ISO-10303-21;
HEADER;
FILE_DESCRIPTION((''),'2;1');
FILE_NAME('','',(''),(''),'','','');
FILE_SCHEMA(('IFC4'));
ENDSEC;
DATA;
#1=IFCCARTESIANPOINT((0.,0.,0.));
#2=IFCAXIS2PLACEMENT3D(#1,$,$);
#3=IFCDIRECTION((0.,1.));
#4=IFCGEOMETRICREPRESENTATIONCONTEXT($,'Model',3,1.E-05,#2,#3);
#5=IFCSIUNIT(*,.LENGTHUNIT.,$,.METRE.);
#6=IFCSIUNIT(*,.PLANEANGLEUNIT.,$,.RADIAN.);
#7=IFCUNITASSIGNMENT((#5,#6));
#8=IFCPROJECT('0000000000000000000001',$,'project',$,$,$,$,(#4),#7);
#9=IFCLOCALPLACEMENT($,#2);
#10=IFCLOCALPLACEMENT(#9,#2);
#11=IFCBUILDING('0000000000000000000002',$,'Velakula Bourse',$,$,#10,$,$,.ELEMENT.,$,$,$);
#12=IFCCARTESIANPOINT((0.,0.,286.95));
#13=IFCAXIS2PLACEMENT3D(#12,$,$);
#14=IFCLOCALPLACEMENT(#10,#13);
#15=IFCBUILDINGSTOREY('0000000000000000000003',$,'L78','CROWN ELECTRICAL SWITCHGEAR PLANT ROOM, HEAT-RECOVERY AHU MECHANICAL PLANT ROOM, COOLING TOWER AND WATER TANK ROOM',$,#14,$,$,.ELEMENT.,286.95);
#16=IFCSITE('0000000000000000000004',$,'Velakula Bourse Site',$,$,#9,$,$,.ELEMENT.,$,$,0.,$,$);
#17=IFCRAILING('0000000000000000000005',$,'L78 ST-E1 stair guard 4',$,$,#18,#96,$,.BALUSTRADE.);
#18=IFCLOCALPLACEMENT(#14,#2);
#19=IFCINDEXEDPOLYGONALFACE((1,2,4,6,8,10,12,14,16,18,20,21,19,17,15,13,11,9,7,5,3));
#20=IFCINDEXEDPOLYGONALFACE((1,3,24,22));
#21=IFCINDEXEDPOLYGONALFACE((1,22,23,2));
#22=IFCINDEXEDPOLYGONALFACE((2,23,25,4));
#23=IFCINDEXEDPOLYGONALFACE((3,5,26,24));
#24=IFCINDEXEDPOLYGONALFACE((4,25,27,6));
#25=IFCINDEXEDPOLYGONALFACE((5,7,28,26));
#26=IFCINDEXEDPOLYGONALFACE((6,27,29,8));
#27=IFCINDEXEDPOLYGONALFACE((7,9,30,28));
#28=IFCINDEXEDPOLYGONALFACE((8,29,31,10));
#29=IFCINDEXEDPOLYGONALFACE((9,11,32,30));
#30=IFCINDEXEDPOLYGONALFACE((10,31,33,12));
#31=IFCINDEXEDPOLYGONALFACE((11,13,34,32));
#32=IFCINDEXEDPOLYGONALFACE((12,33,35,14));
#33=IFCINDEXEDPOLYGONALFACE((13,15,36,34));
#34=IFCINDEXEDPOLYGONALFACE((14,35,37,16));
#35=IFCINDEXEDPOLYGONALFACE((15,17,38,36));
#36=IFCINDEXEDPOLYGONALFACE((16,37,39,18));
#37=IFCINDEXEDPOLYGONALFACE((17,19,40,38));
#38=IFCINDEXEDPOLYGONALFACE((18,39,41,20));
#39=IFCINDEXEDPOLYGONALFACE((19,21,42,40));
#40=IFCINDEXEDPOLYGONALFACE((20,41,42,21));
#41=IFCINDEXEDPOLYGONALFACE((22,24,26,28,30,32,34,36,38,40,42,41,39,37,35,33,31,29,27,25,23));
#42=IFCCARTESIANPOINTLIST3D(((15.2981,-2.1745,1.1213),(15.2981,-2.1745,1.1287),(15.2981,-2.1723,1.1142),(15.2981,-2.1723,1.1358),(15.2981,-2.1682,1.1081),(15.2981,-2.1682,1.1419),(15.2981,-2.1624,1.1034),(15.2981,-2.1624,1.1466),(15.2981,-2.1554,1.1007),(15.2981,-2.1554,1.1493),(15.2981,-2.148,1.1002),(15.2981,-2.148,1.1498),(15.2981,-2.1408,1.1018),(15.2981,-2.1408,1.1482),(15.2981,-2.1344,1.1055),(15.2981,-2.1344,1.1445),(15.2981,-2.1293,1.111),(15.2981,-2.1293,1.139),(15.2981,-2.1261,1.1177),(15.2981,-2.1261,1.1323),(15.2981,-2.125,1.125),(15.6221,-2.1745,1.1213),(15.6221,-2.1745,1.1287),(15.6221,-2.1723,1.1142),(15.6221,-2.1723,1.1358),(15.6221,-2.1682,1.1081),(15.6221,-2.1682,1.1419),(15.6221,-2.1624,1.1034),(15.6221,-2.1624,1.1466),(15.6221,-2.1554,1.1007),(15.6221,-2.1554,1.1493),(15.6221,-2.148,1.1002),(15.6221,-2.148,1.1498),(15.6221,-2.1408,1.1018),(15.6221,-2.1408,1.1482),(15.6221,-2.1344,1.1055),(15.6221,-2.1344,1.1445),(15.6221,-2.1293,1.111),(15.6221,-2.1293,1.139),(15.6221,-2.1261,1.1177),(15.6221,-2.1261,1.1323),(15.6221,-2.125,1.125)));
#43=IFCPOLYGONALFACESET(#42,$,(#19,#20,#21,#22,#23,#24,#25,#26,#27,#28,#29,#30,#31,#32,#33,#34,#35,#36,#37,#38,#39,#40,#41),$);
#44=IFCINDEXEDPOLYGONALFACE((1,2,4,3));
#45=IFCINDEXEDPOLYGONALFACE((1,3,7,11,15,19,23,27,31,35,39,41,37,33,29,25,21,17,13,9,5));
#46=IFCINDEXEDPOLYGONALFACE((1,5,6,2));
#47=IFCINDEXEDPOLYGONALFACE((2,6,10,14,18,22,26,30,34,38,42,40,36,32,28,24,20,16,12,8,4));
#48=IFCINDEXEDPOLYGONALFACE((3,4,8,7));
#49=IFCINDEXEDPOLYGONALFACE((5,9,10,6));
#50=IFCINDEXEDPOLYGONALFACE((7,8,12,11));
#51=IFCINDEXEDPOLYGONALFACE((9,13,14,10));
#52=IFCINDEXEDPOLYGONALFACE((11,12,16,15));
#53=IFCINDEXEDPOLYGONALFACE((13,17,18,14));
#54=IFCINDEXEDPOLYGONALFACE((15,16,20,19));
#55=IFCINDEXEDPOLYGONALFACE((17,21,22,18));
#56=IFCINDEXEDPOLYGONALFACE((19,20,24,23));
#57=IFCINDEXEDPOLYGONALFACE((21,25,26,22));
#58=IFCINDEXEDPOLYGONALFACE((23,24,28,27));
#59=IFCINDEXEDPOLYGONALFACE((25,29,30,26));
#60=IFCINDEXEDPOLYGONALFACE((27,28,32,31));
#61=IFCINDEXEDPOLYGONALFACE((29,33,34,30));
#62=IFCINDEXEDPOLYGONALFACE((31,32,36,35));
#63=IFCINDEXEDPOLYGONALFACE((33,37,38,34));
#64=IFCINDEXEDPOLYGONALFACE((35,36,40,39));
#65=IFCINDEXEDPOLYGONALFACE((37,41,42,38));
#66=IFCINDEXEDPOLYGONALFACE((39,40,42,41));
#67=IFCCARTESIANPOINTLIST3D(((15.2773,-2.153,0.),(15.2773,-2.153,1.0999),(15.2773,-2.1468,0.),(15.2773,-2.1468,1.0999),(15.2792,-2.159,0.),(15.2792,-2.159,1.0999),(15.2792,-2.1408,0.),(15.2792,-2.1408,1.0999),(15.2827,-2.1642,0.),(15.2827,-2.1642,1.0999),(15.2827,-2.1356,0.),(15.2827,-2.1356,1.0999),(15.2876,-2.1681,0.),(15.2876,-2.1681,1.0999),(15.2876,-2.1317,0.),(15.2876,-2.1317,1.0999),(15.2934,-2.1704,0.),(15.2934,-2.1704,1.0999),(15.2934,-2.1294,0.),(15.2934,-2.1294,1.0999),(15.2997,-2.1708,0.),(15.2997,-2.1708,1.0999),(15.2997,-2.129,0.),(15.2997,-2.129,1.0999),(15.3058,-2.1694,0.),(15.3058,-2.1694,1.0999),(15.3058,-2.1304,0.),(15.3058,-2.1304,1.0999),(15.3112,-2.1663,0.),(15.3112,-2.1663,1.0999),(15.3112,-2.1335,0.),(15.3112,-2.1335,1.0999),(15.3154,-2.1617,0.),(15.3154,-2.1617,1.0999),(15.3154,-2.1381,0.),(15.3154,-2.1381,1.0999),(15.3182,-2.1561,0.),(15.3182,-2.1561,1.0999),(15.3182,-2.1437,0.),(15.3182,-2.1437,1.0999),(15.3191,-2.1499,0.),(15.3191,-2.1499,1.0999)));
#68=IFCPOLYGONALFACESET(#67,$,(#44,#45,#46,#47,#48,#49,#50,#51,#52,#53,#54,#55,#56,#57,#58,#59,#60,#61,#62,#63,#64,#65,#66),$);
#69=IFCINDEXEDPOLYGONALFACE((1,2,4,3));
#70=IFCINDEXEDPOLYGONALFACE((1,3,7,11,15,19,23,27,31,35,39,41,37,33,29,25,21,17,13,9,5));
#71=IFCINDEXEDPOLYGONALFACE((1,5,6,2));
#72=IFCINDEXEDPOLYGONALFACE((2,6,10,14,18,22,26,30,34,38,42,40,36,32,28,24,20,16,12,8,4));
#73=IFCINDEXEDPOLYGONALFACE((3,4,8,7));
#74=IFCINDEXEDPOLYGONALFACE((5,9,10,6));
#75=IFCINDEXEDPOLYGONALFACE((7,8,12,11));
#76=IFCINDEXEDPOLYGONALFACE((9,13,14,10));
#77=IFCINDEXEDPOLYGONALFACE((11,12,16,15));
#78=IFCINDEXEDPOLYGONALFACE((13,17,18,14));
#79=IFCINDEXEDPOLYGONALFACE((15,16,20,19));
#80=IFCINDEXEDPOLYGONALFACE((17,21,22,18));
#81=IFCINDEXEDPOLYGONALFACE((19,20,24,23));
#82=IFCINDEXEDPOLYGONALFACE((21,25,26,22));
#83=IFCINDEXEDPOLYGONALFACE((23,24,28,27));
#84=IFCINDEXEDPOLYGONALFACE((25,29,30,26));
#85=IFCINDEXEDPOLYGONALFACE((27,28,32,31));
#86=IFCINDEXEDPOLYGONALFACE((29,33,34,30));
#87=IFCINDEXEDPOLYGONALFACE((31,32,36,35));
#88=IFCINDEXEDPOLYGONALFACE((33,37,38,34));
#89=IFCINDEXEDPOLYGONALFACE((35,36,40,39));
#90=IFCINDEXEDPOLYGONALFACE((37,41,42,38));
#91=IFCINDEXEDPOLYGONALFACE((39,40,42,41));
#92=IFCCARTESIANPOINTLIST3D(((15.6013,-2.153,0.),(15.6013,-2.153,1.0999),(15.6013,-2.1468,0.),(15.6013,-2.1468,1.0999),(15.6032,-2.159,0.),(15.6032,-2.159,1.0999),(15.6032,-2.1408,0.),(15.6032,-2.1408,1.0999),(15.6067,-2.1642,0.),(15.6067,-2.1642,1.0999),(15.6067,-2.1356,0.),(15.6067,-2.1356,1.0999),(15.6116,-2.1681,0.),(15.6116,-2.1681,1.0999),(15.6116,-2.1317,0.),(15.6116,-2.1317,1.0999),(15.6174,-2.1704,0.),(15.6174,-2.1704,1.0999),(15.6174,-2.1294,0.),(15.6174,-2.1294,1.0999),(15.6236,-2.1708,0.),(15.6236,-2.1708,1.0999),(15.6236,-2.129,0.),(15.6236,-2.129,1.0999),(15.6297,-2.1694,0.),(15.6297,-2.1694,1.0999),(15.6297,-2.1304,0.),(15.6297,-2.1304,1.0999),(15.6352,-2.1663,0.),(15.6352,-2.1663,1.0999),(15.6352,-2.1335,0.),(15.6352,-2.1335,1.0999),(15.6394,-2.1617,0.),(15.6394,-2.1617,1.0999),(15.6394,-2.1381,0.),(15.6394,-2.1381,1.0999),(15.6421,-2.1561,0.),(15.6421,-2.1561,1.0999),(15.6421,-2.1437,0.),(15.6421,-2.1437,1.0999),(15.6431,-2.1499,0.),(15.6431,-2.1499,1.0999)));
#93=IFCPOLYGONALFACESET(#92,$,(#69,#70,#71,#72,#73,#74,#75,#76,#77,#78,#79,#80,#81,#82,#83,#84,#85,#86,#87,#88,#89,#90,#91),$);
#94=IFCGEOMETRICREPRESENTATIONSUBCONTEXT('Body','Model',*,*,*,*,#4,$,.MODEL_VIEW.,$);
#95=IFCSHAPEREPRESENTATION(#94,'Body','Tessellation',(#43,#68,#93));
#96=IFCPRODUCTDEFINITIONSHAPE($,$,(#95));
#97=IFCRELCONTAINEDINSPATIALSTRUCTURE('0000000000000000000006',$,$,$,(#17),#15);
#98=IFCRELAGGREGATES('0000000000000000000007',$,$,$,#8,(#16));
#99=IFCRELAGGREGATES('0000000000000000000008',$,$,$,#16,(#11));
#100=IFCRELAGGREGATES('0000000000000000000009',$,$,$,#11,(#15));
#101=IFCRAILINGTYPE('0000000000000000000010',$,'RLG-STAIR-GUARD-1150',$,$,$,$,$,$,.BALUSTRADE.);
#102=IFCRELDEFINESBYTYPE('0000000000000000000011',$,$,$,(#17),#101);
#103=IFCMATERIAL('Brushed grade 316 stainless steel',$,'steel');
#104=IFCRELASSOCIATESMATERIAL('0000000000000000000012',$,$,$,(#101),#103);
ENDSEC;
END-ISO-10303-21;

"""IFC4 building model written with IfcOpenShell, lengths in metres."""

from ifc_helpers import new_model, si_unit, direction, frame, origin, origin_2d, place, context, subcontext, project, spatial, circle, extrude, material, type_object, element, save


model = new_model("IFC4")

# Units and contexts
model_context = context("Model", 3, precision=1e-05, world=origin(), true_north=direction((0.0, 1.0)))
body_context = subcontext(model_context, "Body", "Model", "MODEL_VIEW")
ifc_project = project(units=[si_unit("LENGTHUNIT", "METRE"), si_unit("PLANEANGLEUNIT", "RADIAN")], contexts=[model_context])

# Site, building, storey
site_placement = place(None, origin())
site = spatial("IfcSite", under=ifc_project, at=site_placement, Name="Velakula Bourse Site", CompositionType="ELEMENT", RefElevation=0.0)
building_placement = place(site_placement, origin())
building = spatial("IfcBuilding", under=site, at=building_placement, Name="Velakula Bourse", CompositionType="ELEMENT")
storey_placement = place(building_placement, frame((0.0, 0.0, 286.95)))
storey = spatial("IfcBuildingStorey", under=building, at=storey_placement, Name="L78", Description="CROWN ELECTRICAL SWITCHGEAR PLANT ROOM, HEAT-RECOVERY AHU MECHANICAL PLANT ROOM, COOLING TOWER AND WATER TANK ROOM", CompositionType="ELEMENT", Elevation=286.95)

# Shared definitions
ifc_material_1 = material(Name="Brushed grade 316 stainless steel", Category="steel")

# Railing
railing_type_1 = type_object("IfcRailingType", Name="RLG-STAIR-GUARD-1150", PredefinedType="BALUSTRADE", material=ifc_material_1)
railing_1_placement = place(storey_placement, frame((15.2981, -2.1499, 0.0)))
element("IfcRailing", 1, at=railing_1_placement, inside=storey, type_object=railing_type_1, Name="L78 ST-E1 stair guard 4", PredefinedType="BALUSTRADE", context=body_context, shape_type="SweptSolid", body=[
    extrude(circle(Radius=0.0249, at=origin_2d()), frame((0.0, 0.0, 1.125), z_axis=(1.0, 0.0, 0.0), x_axis=(0.0, 1.0, 0.0)), (0.0, 0.0, 1.0), 0.324),
    extrude(circle(Radius=0.021, at=origin_2d()), origin(), (0.0, 0.0, 1.0), 1.0999),
    extrude(circle(Radius=0.021, at=origin_2d()), frame((0.324, 0.0, 0.0)), (0.0, 0.0, 1.0), 1.0999),
])

save(model, "model.ifc")
